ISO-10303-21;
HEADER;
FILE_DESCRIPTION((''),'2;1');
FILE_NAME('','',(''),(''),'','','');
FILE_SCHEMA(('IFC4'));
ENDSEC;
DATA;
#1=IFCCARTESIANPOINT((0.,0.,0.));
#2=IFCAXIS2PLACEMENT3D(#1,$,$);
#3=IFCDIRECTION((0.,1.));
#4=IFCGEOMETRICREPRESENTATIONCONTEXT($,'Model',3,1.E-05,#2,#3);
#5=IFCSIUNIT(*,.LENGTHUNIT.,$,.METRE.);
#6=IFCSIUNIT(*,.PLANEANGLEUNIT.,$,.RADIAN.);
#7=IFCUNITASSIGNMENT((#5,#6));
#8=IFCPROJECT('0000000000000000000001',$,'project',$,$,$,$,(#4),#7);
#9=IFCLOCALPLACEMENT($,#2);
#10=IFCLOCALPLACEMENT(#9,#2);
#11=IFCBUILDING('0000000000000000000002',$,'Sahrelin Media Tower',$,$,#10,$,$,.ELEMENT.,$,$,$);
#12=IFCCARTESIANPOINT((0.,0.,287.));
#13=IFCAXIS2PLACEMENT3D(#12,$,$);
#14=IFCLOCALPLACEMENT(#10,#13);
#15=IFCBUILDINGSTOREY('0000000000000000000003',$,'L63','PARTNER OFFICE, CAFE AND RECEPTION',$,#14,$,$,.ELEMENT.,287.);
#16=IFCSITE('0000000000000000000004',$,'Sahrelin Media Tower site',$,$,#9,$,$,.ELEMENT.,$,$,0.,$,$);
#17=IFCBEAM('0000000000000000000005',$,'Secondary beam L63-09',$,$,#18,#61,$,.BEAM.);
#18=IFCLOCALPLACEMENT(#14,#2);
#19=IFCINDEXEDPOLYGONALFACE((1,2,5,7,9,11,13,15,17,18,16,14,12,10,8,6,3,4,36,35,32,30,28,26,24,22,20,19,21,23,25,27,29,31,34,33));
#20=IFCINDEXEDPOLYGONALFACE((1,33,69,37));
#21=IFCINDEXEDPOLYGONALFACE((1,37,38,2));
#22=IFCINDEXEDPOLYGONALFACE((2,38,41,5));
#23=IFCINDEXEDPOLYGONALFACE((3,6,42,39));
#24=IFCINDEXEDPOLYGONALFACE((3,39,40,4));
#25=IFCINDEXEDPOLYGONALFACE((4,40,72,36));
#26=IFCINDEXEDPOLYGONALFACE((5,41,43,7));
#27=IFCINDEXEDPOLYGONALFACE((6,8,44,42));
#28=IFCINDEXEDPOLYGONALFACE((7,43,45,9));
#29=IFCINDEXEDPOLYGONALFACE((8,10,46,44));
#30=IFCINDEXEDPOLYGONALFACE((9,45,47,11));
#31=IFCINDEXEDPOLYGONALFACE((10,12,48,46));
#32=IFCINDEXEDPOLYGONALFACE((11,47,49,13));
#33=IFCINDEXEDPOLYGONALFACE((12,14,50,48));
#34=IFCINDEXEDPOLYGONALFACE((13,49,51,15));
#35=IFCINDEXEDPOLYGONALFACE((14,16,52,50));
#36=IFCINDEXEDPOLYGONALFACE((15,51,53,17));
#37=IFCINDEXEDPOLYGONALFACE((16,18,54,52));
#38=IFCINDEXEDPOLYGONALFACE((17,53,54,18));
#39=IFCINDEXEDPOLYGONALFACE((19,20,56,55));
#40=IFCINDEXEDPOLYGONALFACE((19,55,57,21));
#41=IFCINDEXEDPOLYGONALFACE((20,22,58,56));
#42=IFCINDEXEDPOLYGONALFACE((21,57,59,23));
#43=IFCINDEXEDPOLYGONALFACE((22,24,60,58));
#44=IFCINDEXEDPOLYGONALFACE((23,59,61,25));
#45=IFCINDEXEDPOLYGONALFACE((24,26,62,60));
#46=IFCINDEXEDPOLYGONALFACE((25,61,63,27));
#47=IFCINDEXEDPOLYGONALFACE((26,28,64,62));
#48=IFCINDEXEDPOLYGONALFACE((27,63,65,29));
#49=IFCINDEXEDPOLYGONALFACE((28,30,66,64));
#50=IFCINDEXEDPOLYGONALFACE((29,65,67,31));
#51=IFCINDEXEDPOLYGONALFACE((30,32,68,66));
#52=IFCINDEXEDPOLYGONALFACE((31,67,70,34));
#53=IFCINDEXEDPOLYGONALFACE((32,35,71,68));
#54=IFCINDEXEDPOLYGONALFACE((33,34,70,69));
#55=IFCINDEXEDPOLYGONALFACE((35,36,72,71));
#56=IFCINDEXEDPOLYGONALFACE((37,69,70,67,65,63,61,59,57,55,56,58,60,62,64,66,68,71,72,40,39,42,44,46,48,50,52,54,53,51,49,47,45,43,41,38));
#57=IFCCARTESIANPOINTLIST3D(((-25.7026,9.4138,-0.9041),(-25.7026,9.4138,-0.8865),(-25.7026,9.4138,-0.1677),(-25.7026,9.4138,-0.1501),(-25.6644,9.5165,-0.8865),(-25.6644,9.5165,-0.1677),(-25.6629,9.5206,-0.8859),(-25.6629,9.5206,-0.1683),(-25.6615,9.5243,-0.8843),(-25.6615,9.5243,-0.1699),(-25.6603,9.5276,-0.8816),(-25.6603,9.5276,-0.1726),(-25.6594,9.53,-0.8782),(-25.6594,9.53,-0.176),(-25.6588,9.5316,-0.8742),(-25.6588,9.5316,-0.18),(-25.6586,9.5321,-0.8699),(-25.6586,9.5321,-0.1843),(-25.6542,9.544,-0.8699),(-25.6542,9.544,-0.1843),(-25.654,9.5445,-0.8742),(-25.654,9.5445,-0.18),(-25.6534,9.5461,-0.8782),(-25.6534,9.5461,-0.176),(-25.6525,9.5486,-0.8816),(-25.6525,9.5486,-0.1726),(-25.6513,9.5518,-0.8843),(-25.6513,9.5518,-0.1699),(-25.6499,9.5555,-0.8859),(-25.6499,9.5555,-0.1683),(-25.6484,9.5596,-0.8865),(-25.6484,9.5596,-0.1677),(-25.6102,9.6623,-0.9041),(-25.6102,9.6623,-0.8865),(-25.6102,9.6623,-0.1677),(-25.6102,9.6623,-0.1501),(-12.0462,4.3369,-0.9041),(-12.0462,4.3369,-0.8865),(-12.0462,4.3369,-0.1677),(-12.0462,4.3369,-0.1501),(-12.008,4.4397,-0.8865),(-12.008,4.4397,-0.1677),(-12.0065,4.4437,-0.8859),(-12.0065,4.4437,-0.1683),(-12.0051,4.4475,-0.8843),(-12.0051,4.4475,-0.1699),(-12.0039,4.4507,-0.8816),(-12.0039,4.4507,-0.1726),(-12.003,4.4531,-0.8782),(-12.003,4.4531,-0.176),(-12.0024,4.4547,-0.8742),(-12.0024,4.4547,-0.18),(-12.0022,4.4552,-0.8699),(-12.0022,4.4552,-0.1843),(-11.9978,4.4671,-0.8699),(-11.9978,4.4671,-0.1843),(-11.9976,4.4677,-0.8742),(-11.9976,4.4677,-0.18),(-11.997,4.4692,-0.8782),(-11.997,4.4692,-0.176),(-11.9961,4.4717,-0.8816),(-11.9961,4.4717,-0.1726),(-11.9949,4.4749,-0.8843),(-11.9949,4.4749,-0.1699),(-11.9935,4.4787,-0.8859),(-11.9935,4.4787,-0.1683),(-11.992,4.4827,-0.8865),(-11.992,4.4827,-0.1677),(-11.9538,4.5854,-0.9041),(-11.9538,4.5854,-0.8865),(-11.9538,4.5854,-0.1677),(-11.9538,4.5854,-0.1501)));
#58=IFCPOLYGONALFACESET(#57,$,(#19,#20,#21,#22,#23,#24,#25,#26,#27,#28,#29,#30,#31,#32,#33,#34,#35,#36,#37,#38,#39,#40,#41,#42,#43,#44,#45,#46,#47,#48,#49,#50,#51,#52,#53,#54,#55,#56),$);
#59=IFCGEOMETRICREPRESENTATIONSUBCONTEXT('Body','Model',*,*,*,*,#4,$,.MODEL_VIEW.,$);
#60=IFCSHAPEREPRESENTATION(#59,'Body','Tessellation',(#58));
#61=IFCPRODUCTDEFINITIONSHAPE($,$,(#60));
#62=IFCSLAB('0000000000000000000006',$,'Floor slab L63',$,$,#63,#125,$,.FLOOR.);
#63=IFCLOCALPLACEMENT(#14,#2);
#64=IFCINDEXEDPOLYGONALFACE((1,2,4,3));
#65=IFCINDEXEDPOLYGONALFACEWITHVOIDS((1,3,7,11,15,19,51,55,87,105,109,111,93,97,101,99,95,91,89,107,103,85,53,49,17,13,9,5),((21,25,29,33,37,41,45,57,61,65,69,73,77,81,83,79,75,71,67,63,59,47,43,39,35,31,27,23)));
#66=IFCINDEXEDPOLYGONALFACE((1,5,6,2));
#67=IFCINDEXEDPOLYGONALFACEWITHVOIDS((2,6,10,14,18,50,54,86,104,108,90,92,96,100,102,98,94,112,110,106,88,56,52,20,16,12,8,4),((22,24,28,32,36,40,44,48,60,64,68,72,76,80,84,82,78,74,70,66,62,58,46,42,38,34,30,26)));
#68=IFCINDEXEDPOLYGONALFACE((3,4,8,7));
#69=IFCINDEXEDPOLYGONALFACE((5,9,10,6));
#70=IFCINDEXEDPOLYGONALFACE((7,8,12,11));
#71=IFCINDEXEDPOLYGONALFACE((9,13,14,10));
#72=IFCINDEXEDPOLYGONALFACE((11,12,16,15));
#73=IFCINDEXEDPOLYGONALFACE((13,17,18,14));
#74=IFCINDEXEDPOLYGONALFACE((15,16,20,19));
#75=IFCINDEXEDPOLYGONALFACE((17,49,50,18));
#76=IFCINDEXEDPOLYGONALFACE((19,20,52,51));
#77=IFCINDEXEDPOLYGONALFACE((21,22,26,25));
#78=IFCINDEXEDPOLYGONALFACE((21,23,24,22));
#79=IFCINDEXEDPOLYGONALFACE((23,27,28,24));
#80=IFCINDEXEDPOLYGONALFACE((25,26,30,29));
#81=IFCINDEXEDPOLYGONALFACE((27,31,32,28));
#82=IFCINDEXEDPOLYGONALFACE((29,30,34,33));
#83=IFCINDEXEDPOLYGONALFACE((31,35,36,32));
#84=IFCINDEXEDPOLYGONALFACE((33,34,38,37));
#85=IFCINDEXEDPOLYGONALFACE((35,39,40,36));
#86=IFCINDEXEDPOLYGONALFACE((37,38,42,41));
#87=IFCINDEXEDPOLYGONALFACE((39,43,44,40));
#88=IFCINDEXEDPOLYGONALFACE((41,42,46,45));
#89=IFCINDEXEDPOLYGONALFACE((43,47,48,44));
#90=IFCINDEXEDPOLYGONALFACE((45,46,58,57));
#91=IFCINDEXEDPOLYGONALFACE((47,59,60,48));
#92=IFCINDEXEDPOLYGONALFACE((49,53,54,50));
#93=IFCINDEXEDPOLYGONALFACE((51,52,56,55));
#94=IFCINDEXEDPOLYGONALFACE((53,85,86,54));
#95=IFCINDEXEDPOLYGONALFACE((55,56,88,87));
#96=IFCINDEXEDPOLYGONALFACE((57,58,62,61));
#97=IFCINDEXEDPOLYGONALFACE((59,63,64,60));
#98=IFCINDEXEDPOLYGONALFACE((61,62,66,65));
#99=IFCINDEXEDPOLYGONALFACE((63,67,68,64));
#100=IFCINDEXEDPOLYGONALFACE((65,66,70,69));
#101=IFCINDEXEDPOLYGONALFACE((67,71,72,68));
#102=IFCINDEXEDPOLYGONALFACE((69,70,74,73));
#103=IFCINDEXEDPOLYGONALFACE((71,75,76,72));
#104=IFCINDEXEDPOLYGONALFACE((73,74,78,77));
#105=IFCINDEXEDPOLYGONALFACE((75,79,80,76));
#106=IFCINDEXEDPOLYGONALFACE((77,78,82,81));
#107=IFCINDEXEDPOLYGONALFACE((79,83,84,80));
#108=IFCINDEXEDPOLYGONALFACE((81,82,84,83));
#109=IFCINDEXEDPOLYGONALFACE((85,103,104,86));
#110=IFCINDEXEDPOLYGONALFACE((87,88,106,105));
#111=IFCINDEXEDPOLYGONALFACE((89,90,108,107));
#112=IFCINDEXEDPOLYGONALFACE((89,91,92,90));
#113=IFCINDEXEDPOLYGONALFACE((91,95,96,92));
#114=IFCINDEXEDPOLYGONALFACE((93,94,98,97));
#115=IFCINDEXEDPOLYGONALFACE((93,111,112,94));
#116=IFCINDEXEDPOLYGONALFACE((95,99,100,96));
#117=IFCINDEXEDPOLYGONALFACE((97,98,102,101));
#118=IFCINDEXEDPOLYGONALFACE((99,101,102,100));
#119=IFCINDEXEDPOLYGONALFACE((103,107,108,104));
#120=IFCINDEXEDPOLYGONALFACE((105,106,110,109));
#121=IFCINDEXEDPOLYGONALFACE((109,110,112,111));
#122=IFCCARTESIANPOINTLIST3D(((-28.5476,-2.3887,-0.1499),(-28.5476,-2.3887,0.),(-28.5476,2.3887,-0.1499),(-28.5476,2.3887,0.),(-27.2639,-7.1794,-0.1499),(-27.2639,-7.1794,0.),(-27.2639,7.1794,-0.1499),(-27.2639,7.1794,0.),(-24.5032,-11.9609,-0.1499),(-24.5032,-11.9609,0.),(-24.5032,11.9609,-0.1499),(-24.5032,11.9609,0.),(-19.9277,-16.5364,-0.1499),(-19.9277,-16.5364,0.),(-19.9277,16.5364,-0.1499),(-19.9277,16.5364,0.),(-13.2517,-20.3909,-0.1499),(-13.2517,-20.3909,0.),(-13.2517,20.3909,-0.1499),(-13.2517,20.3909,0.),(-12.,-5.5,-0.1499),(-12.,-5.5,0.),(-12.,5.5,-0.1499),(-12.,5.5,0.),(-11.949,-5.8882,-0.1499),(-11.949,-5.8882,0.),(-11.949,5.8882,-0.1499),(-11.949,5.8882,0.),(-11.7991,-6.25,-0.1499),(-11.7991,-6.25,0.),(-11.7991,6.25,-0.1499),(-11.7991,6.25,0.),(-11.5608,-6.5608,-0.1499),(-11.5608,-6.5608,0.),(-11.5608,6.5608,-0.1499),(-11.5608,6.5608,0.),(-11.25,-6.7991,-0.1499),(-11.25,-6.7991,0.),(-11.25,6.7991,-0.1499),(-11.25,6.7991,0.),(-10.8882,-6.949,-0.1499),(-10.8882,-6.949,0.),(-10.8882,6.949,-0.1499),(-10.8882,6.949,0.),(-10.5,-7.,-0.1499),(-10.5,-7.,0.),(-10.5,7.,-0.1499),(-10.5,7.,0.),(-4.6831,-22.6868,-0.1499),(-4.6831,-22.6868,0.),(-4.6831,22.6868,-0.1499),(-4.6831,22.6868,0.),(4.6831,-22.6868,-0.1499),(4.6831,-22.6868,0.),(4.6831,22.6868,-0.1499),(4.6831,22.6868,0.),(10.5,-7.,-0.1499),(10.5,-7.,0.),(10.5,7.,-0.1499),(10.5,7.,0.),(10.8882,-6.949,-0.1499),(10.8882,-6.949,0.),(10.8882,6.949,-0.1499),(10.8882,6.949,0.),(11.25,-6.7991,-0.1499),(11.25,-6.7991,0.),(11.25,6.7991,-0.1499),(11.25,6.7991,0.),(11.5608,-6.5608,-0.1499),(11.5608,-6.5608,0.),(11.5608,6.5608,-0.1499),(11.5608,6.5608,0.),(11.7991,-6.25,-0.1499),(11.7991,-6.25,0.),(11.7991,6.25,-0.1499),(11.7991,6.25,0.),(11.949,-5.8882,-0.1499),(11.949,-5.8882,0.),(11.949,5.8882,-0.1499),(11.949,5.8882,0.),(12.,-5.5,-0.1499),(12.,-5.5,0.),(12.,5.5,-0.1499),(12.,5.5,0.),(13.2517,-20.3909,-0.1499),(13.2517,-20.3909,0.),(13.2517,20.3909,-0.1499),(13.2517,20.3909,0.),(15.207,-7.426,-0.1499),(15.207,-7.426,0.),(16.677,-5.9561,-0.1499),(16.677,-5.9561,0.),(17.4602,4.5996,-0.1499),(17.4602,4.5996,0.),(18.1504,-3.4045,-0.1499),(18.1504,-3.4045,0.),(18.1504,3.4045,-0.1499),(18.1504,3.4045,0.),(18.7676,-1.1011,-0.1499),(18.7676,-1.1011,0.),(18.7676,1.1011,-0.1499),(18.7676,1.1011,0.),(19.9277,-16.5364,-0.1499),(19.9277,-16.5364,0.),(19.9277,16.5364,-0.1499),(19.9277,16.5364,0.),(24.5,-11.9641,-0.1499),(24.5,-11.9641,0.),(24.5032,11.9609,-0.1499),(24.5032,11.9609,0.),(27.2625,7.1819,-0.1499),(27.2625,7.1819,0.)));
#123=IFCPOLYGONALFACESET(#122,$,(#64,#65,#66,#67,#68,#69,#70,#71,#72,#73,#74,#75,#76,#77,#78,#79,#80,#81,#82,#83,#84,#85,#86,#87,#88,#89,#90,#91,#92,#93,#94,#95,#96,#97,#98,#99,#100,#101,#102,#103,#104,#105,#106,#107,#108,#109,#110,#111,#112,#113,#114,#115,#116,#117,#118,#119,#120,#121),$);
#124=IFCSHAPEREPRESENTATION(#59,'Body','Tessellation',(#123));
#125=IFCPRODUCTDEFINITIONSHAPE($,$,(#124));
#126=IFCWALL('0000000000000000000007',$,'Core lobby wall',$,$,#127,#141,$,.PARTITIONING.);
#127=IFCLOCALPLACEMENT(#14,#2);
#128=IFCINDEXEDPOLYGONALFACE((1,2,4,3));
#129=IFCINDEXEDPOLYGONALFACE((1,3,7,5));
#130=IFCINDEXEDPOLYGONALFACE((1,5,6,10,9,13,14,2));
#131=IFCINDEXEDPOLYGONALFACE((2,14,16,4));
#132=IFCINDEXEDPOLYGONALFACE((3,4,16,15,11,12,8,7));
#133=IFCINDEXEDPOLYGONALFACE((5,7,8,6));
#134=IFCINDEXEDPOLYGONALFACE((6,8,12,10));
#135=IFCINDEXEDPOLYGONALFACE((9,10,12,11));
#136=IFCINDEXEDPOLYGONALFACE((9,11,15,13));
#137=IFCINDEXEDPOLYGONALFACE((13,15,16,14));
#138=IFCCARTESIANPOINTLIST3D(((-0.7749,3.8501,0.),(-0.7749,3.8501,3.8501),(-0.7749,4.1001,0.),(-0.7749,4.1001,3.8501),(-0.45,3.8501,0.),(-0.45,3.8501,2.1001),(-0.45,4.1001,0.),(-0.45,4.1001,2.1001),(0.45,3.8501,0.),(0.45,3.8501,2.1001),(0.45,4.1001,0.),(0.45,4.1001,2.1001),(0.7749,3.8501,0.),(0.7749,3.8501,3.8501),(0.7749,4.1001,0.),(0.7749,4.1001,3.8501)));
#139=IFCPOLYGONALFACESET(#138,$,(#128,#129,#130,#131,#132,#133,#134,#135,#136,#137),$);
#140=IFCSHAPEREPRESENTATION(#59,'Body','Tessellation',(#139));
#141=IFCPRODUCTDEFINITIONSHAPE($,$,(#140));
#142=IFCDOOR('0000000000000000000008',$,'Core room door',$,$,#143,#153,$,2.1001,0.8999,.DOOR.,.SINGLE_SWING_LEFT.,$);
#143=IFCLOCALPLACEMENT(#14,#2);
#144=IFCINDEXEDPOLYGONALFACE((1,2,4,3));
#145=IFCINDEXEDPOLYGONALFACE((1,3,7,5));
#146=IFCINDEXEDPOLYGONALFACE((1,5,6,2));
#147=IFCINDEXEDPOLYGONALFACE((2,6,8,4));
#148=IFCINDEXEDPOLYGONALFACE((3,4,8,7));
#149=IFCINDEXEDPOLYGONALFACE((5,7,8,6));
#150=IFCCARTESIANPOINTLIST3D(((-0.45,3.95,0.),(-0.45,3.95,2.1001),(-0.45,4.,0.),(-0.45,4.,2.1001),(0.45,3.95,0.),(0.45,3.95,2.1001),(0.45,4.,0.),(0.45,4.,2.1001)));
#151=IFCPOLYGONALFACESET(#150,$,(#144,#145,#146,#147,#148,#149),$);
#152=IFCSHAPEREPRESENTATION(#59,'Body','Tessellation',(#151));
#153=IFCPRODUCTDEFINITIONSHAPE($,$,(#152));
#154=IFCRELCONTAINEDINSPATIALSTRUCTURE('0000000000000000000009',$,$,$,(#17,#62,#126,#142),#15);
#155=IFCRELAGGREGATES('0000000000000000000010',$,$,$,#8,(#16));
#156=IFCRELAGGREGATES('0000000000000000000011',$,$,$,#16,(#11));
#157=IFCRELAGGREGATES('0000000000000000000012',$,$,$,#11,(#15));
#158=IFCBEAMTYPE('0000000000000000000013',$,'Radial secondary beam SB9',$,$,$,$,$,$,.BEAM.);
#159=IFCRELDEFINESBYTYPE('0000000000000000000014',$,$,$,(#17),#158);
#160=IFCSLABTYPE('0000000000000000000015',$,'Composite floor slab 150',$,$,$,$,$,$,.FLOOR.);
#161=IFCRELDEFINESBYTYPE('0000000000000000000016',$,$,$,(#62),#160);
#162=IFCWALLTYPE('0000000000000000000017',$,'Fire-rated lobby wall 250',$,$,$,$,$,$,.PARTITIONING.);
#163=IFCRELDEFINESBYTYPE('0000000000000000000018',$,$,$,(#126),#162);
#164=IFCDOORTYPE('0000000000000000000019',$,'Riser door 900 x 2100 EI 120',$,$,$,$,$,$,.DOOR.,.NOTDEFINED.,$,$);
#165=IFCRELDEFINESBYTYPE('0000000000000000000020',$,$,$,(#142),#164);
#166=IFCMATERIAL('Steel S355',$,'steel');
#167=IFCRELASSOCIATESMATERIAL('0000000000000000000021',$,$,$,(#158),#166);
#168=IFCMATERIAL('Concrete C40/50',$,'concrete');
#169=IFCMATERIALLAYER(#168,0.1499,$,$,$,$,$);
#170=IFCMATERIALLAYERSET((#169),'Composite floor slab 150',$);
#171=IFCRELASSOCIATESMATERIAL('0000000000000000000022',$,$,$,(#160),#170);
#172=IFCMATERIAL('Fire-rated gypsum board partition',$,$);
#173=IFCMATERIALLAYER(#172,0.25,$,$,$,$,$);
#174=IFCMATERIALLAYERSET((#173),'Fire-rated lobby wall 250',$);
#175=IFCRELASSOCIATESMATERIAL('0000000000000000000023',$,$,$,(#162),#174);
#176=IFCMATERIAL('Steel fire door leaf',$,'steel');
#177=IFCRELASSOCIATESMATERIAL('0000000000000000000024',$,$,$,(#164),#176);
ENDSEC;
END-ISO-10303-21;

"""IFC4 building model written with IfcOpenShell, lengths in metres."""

from ifc_helpers import new_model, si_unit, direction, frame, frame_2d, origin, origin_2d, place, context, subcontext, project, spatial, polyline, rectangle, i_section, outline, extrude, material, layer, layer_set, material_profile, profile_set, type_object, element, fill, save


model = new_model("IFC4")

# Units and contexts
model_context = context("Model", 3, precision=1e-05, world=origin(), true_north=direction((0.0, 1.0)))
body_context = subcontext(model_context, "Body", "Model", "MODEL_VIEW")
ifc_project = project(units=[si_unit("LENGTHUNIT", "METRE"), si_unit("PLANEANGLEUNIT", "RADIAN")], contexts=[model_context])

# Site, building, storey
site_placement = place(None, origin())
site = spatial("IfcSite", under=ifc_project, at=site_placement, Name="Sahrelin Media Tower site", CompositionType="ELEMENT", RefElevation=0.0)
building_placement = place(site_placement, origin())
building = spatial("IfcBuilding", under=site, at=building_placement, Name="Sahrelin Media Tower", CompositionType="ELEMENT")
storey_placement = place(building_placement, frame((0.0, 0.0, 287.0)))
storey = spatial("IfcBuildingStorey", under=building, at=storey_placement, Name="L63", Description="PARTNER OFFICE, CAFE AND RECEPTION", CompositionType="ELEMENT", Elevation=287.0)

# Beam
ifc_material_1 = material(Name="Steel S355", Category="steel")
ifc_material_profile_1 = material_profile(ifc_material_1, i_section(OverallWidth=0.2651, OverallDepth=0.7539, WebThickness=0.0127, FlangeThickness=0.0176, FilletRadius=0.0166, at=origin_2d()), Name="UB 762x267x147")
ifc_profile_set_1 = profile_set([ifc_material_profile_1], Name="Steel S355")
beam_type_1 = type_object("IfcBeamType", Name="Radial secondary beam SB9", PredefinedType="BEAM", material=ifc_profile_set_1)
beam_1_placement = place(storey_placement, frame((-12.0, 4.4612, -0.5271), z_axis=(-0.937325, 0.348457, 0.0), x_axis=(-0.348457, -0.937325, 0.0)))
element("IfcBeam", 1, at=beam_1_placement, inside=storey, type_object=beam_type_1, Name="Secondary beam L63-09", PredefinedType="BEAM", context=body_context, shape_type="SweptSolid", body=[
    extrude(i_section(OverallWidth=0.2651, OverallDepth=0.7539, WebThickness=0.0127, FlangeThickness=0.0176, FilletRadius=0.0166, at=origin_2d()), origin(), (0.0, 0.0, 1.0), 14.5696),
])

# Slab
ifc_material_2 = material(Name="Concrete C40/50", Category="concrete")
ifc_layer_1 = layer(ifc_material_2, 0.1499)
ifc_layer_set_1 = layer_set([ifc_layer_1], Name="Composite floor slab 150")
slab_type = type_object("IfcSlabType", Name="Composite floor slab 150", PredefinedType="FLOOR", material=ifc_layer_set_1)
slab_placement = place(storey_placement, frame((0.0, 0.0, -0.1499)))
element("IfcSlab", 2, at=slab_placement, inside=storey, type_object=slab_type, Name="Floor slab L63", PredefinedType="FLOOR", context=body_context, shape_type="SweptSolid", body=[
    extrude(outline(polyline([(19.9277, -16.5364), (24.5, -11.9641), (15.207, -7.426), (16.677, -5.9561), (18.1504, -3.4045), (18.7676, -1.1011), (18.7676, 1.1011), (18.1504, 3.4045), (17.4602, 4.5996), (27.2625, 7.1819), (24.5032, 11.9609), (19.9277, 16.5364), (13.2517, 20.3909), (4.6831, 22.6868), (-4.6831, 22.6868), (-13.2517, 20.3909), (-19.9277, 16.5364), (-24.5032, 11.9609), (-27.2639, 7.1794), (-28.5476, 2.3887), (-28.5476, -2.3887), (-27.2639, -7.1794), (-24.5032, -11.9609), (-19.9277, -16.5364), (-13.2517, -20.3909), (-4.6831, -22.6868), (4.6831, -22.6868), (13.2517, -20.3909), (19.9277, -16.5364)]), holes=[polyline([(11.7991, 6.25), (11.949, 5.8882), (12.0, 5.5), (12.0, -5.5), (11.949, -5.8882), (11.7991, -6.25), (11.5608, -6.5608), (11.25, -6.7991), (10.8882, -6.949), (10.5, -7.0), (-10.5, -7.0), (-10.8882, -6.949), (-11.25, -6.7991), (-11.5608, -6.5608), (-11.7991, -6.25), (-11.949, -5.8882), (-12.0, -5.5), (-12.0, 5.5), (-11.949, 5.8882), (-11.7991, 6.25), (-11.5608, 6.5608), (-11.25, 6.7991), (-10.8882, 6.949), (-10.5, 7.0), (10.5, 7.0), (10.8882, 6.949), (11.25, 6.7991), (11.5608, 6.5608), (11.7991, 6.25)])]), origin(), (0.0, 0.0, 1.0), 0.1499),
])

# Wall, opening, door
ifc_material_3 = material(Name="Fire-rated gypsum board partition")
ifc_layer_2 = layer(ifc_material_3, 0.25)
ifc_layer_set_2 = layer_set([ifc_layer_2], Name="Fire-rated lobby wall 250")
wall_type_1 = type_object("IfcWallType", Name="Fire-rated lobby wall 250", PredefinedType="PARTITIONING", material=ifc_layer_set_2)
wall_1_placement = place(storey_placement, frame((-0.7749, 3.9751, 0.0), z_axis=(0.0, 0.0, 1.0), x_axis=(1.0, 0.0, 0.0)))
wall_1 = element("IfcWall", 3, at=wall_1_placement, inside=storey, type_object=wall_type_1, Name="Core lobby wall", PredefinedType="PARTITIONING", context=body_context, shape_type="SweptSolid", body=[
    extrude(rectangle(XDim=1.5498, YDim=0.25, at=frame_2d((0.7749, 0.0))), origin(), (0.0, 0.0, 1.0), 3.8501),
])
opening_1_placement = place(wall_1_placement, frame((0.325, 0.0, 0.0)))
opening_1 = element("IfcOpeningElement", 4, at=opening_1_placement, cuts=wall_1, PredefinedType="OPENING", context=body_context, shape_type="SweptSolid", body=[
    extrude(rectangle(XDim=0.8999, YDim=2.1001, at=frame_2d((0.45, 1.05))), frame((0.0, 0.125, 0.0), z_axis=(0.0, -1.0, 0.0), x_axis=(1.0, 0.0, 0.0)), (0.0, 0.0, 1.0), 0.25),
])
ifc_material_4 = material(Name="Steel fire door leaf", Category="steel")
door_type_1 = type_object("IfcDoorType", Name="Riser door 900 x 2100 EI 120", OperationType="NOTDEFINED", PredefinedType="DOOR", material=ifc_material_4)
door_1_placement = place(opening_1_placement, origin())
door_1 = element("IfcDoor", 5, at=door_1_placement, inside=storey, type_object=door_type_1, Name="Core room door", OperationType="SINGLE_SWING_LEFT", OverallHeight=2.1001, OverallWidth=0.8999, PredefinedType="DOOR", context=body_context, shape_type="SweptSolid", body=[
    extrude(rectangle(XDim=0.8999, YDim=2.1001, at=frame_2d((0.45, 1.05))), frame((0.0, 0.0249, 0.0), z_axis=(0.0, -1.0, 0.0), x_axis=(1.0, 0.0, 0.0)), (0.0, 0.0, 1.0), 0.05),
])
fill(opening_1, door_1)

save(model, "model.ifc")
